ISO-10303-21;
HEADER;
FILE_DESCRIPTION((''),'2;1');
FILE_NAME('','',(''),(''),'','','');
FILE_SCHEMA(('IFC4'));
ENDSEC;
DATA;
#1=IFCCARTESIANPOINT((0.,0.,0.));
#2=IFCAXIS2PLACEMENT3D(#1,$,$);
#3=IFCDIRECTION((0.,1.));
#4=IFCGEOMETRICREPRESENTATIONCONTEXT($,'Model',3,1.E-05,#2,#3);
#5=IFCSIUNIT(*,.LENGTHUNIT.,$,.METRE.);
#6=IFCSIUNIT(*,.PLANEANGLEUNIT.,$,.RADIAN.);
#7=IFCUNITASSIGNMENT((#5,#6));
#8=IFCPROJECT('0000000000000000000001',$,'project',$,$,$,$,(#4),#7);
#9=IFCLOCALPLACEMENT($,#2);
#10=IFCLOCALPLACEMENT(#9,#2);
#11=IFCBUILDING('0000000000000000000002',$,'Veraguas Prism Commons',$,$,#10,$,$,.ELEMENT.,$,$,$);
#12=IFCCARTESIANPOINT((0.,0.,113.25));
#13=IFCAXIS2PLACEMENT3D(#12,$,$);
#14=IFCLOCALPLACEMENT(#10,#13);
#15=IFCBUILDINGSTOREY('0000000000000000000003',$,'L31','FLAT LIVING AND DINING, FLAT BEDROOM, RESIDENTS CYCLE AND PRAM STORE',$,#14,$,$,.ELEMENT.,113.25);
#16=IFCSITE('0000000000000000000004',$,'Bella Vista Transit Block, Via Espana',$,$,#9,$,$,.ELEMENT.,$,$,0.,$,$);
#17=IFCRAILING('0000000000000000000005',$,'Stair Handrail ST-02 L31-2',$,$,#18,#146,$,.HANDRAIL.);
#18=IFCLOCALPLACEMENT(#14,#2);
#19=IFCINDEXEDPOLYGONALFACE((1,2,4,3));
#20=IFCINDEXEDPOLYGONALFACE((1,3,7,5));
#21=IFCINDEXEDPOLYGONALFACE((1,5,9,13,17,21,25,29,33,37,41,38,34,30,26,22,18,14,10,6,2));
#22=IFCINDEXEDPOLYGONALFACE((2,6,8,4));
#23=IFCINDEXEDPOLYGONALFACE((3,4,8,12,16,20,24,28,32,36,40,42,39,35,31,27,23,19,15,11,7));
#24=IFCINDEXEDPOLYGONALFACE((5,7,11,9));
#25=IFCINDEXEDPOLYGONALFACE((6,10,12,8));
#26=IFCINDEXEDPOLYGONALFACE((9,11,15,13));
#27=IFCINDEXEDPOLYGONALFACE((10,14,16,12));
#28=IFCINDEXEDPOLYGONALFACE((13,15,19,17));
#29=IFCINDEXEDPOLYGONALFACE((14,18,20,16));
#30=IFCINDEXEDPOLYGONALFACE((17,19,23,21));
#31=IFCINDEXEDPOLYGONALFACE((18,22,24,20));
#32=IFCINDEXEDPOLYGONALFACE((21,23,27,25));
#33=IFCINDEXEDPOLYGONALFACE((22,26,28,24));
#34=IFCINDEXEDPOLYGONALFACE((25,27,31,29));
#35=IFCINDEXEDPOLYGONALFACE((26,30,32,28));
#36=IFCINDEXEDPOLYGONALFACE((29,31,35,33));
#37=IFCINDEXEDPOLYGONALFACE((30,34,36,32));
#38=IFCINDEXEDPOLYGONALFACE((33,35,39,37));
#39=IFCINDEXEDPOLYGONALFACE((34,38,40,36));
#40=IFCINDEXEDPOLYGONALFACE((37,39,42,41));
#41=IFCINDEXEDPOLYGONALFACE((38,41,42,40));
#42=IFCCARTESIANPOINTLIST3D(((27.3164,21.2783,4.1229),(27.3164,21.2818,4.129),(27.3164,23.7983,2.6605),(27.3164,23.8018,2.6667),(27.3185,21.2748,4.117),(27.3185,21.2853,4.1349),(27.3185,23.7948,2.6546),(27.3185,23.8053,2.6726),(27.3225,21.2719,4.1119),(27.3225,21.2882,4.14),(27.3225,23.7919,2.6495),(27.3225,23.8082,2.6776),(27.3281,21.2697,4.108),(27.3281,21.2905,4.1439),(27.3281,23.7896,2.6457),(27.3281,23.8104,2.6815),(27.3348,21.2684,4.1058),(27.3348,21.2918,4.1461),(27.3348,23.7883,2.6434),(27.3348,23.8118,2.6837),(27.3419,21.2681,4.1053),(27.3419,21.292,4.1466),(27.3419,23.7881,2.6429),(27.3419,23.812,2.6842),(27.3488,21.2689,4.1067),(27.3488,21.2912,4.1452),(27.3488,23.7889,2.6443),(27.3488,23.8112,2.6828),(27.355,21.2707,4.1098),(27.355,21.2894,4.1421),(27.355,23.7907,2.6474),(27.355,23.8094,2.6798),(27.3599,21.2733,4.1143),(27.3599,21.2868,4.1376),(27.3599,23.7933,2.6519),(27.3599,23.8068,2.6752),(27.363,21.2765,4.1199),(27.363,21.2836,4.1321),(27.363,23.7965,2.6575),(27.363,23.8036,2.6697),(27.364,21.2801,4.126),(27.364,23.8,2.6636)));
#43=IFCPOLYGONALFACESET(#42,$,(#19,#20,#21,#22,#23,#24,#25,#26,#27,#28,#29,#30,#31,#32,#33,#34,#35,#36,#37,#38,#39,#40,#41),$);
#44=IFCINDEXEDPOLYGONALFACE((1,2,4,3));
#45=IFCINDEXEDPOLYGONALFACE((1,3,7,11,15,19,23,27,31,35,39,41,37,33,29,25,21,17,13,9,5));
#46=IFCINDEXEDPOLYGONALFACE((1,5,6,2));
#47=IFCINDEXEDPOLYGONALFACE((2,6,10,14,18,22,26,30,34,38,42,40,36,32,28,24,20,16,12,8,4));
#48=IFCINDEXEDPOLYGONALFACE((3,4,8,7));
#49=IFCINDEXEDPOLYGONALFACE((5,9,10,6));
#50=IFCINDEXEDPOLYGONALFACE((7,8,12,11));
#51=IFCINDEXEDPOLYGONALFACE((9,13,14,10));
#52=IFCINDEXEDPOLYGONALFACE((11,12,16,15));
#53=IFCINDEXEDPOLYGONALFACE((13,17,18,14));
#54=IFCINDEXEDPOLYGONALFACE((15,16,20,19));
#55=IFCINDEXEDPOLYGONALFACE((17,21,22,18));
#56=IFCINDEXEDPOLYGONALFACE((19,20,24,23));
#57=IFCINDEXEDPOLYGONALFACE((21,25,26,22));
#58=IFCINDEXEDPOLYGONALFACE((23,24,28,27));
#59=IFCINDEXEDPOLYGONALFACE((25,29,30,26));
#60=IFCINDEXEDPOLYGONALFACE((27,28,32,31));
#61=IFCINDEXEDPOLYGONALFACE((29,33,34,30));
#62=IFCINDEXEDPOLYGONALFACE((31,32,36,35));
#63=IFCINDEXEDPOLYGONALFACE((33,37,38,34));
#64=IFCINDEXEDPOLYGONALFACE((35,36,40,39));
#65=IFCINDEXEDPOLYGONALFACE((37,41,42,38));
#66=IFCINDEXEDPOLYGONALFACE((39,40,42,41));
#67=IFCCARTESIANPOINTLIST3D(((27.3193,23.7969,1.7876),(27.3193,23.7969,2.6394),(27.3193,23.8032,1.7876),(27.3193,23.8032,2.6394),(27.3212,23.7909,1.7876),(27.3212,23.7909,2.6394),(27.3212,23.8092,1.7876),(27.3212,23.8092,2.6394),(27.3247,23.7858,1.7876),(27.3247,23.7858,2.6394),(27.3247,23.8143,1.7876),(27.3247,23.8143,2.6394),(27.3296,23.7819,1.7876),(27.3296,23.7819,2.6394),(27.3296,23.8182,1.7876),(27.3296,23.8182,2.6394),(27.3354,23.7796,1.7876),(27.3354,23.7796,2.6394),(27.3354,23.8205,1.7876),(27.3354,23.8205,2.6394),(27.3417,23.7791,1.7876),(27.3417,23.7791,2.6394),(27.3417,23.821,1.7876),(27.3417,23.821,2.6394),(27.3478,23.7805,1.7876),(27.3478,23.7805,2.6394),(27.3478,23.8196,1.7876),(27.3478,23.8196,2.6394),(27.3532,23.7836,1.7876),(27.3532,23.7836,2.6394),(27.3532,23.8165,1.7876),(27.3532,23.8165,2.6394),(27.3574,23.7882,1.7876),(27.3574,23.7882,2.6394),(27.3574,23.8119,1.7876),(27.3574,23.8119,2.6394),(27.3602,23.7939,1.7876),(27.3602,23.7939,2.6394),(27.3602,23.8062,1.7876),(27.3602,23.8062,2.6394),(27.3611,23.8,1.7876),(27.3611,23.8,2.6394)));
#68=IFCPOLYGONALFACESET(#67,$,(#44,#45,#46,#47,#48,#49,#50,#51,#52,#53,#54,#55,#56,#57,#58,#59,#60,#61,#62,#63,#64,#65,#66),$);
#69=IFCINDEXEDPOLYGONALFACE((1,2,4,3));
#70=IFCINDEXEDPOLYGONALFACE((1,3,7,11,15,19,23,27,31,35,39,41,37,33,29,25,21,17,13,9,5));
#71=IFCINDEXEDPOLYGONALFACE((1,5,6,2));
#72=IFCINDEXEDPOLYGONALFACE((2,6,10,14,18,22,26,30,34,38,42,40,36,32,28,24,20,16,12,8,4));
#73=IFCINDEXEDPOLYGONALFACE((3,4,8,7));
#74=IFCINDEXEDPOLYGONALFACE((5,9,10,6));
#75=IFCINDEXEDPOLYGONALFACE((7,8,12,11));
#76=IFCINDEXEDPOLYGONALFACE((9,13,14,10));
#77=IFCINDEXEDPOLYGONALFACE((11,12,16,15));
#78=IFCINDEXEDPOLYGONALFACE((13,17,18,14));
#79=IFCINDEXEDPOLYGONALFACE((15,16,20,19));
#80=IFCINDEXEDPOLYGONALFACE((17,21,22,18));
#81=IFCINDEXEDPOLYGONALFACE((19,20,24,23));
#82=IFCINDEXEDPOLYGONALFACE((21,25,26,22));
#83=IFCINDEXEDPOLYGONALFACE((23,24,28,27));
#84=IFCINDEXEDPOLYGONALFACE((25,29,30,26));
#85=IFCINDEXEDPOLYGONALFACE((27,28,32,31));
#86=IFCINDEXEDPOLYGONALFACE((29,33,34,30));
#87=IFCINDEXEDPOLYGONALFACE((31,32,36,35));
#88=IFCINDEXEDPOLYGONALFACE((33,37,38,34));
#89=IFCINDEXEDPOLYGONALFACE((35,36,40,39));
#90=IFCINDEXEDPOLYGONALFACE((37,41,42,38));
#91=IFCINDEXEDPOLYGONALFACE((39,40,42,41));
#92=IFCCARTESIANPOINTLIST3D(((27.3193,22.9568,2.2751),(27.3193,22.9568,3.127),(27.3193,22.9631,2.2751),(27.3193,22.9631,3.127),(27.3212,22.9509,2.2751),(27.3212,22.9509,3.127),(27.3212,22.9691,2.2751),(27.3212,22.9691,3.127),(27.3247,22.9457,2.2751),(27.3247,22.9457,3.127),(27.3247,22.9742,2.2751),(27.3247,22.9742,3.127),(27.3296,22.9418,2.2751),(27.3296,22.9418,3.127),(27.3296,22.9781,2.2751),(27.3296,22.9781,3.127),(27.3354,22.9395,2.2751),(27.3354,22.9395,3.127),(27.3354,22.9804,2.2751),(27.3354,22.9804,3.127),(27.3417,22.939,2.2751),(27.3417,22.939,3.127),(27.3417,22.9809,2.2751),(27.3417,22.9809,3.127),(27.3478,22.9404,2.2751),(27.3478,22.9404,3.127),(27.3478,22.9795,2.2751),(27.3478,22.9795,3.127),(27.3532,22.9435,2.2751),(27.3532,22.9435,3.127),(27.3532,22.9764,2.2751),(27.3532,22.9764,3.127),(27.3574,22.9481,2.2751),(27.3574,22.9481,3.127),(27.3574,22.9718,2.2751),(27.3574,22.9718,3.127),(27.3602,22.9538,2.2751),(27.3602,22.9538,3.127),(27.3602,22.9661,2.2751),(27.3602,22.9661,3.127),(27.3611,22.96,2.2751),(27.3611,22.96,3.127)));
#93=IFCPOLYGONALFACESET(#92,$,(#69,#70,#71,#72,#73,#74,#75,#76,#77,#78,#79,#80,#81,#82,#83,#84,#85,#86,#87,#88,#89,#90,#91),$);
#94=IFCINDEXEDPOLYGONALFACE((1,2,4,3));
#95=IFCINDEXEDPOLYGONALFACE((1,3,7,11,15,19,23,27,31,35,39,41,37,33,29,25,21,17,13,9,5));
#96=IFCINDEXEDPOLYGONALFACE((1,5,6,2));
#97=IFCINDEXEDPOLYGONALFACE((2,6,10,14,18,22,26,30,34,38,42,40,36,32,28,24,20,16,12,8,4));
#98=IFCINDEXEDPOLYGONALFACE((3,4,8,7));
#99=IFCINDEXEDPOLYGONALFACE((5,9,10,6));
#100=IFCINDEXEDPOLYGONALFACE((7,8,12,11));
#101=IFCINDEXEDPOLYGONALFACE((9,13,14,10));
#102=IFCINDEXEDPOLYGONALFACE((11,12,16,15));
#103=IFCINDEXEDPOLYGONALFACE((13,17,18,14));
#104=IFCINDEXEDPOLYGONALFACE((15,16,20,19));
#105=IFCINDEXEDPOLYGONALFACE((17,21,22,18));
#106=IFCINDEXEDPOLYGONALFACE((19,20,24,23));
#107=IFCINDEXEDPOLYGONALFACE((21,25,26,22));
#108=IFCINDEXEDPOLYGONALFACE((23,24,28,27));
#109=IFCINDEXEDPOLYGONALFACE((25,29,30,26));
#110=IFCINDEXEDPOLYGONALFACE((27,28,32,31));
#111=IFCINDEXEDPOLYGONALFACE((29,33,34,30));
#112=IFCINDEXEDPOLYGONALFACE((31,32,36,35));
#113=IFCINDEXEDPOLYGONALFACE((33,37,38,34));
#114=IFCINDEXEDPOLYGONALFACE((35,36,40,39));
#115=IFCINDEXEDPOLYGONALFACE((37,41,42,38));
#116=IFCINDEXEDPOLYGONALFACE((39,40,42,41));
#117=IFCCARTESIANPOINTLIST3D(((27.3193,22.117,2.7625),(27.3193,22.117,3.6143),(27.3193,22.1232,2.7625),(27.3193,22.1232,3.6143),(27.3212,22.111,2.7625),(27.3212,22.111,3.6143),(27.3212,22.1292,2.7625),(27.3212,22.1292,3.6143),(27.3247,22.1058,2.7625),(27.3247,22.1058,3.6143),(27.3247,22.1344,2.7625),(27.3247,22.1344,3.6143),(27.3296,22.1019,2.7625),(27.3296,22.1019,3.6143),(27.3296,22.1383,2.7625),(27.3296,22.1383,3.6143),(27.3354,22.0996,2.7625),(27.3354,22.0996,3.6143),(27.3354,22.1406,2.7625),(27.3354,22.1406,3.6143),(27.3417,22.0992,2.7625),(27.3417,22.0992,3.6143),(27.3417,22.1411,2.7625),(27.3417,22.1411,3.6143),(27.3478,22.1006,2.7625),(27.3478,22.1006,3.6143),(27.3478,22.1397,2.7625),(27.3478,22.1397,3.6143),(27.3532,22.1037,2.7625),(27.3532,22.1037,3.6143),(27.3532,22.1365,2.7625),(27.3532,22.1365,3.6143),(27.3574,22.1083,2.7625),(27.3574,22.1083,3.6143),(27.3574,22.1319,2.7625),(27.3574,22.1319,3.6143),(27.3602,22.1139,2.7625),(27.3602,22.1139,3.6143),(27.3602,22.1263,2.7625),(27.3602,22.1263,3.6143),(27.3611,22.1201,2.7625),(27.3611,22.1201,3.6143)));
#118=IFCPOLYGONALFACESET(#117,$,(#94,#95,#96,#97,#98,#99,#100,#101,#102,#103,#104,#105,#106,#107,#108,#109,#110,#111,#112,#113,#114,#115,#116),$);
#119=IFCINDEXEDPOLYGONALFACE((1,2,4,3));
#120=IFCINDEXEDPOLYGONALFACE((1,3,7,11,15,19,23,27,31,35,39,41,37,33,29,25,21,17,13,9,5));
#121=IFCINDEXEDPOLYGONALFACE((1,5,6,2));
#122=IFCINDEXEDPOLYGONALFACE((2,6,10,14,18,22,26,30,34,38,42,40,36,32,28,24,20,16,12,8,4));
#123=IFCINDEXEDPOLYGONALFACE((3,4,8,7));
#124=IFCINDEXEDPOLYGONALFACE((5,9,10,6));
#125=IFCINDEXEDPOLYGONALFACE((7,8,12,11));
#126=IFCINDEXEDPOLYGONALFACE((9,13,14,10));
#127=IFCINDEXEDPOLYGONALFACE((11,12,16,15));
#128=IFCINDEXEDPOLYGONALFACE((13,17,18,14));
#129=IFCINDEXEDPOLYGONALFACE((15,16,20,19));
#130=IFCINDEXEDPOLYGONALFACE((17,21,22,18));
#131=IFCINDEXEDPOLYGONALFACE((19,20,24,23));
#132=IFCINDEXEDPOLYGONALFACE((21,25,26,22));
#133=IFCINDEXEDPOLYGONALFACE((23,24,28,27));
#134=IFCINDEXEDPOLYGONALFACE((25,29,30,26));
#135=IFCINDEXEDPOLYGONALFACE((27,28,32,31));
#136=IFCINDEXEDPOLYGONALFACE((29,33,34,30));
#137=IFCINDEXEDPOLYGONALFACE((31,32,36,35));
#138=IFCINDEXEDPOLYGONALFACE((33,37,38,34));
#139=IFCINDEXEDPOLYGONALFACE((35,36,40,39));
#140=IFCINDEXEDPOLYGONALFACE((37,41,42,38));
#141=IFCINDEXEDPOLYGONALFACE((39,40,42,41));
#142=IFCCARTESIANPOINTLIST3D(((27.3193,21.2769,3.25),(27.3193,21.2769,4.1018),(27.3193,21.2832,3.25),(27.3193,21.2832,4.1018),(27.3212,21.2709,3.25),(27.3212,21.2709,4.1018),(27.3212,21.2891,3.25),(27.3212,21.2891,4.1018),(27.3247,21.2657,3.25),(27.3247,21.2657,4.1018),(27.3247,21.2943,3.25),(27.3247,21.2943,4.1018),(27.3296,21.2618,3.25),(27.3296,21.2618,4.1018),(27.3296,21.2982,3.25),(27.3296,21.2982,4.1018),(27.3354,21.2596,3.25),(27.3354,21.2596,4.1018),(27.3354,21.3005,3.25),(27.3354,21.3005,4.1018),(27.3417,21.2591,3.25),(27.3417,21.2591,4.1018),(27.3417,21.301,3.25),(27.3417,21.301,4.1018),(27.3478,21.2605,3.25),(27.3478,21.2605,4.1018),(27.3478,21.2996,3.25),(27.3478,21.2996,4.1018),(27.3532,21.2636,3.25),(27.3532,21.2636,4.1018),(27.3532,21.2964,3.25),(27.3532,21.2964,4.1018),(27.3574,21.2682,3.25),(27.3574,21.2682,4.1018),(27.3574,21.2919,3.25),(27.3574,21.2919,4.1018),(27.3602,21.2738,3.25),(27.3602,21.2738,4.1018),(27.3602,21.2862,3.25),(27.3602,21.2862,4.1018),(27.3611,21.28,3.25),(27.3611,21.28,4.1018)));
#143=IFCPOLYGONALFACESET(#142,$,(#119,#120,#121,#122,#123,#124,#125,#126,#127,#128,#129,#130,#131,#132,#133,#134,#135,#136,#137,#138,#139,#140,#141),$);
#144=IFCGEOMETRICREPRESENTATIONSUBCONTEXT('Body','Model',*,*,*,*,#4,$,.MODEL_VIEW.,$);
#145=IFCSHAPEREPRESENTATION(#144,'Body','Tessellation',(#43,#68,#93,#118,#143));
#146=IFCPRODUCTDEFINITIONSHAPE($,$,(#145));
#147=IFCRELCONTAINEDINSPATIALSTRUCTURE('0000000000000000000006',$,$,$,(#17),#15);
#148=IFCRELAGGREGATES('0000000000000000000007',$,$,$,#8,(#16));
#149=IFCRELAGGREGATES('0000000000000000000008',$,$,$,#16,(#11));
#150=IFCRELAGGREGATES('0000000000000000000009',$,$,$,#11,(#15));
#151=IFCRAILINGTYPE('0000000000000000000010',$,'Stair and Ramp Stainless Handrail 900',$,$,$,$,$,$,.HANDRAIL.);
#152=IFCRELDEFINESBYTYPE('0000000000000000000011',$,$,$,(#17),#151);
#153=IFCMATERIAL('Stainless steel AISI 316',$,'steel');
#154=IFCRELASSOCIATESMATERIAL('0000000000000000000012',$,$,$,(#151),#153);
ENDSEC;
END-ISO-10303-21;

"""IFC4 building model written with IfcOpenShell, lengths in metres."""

from ifc_helpers import new_model, si_unit, direction, frame, origin, origin_2d, place, context, subcontext, project, spatial, circle, extrude, material, type_object, element, save


model = new_model("IFC4")

# Units and contexts
model_context = context("Model", 3, precision=1e-05, world=origin(), true_north=direction((0.0, 1.0)))
body_context = subcontext(model_context, "Body", "Model", "MODEL_VIEW")
ifc_project = project(units=[si_unit("LENGTHUNIT", "METRE"), si_unit("PLANEANGLEUNIT", "RADIAN")], contexts=[model_context])

# Site, building, storey
site_placement = place(None, origin())
site = spatial("IfcSite", under=ifc_project, at=site_placement, Name="Bella Vista Transit Block, Via Espana", CompositionType="ELEMENT", RefElevation=0.0)
building_placement = place(site_placement, origin())
building = spatial("IfcBuilding", under=site, at=building_placement, Name="Veraguas Prism Commons", CompositionType="ELEMENT")
storey_placement = place(building_placement, frame((0.0, 0.0, 113.25)))
storey = spatial("IfcBuildingStorey", under=building, at=storey_placement, Name="L31", Description="FLAT LIVING AND DINING, FLAT BEDROOM, RESIDENTS CYCLE AND PRAM STORE", CompositionType="ELEMENT", Elevation=113.25)

# Shared definitions
ifc_material_1 = material(Name="Stainless steel AISI 316", Category="steel")

# Railing
railing_type_1 = type_object("IfcRailingType", Name="Stair and Ramp Stainless Handrail 900", PredefinedType="HANDRAIL", material=ifc_material_1)
railing_1_placement = place(storey_placement, frame((27.3401, 23.8, 1.7876)))
element("IfcRailing", 1, at=railing_1_placement, inside=storey, type_object=railing_type_1, Name="Stair Handrail ST-02 L31-2", PredefinedType="HANDRAIL", context=body_context, shape_type="SweptSolid", body=[
    extrude(circle(Radius=0.0239, at=origin_2d()), frame((0.0, 0.0, 0.876), z_axis=(0.0, -0.864913, 0.501921), x_axis=(1.0, 0.0, 0.0)), (0.0, 0.0, 1.0), 2.9136),
    extrude(circle(Radius=0.021, at=origin_2d()), origin(), (0.0, 0.0, 1.0), 0.8518),
    extrude(circle(Radius=0.021, at=origin_2d()), frame((0.0, -0.8401, 0.4875)), (0.0, 0.0, 1.0), 0.8518),
    extrude(circle(Radius=0.021, at=origin_2d()), frame((0.0, -1.6799, 0.9749)), (0.0, 0.0, 1.0), 0.8518),
    extrude(circle(Radius=0.021, at=origin_2d()), frame((0.0, -2.52, 1.4624)), (0.0, 0.0, 1.0), 0.8518),
])

save(model, "model.ifc")
